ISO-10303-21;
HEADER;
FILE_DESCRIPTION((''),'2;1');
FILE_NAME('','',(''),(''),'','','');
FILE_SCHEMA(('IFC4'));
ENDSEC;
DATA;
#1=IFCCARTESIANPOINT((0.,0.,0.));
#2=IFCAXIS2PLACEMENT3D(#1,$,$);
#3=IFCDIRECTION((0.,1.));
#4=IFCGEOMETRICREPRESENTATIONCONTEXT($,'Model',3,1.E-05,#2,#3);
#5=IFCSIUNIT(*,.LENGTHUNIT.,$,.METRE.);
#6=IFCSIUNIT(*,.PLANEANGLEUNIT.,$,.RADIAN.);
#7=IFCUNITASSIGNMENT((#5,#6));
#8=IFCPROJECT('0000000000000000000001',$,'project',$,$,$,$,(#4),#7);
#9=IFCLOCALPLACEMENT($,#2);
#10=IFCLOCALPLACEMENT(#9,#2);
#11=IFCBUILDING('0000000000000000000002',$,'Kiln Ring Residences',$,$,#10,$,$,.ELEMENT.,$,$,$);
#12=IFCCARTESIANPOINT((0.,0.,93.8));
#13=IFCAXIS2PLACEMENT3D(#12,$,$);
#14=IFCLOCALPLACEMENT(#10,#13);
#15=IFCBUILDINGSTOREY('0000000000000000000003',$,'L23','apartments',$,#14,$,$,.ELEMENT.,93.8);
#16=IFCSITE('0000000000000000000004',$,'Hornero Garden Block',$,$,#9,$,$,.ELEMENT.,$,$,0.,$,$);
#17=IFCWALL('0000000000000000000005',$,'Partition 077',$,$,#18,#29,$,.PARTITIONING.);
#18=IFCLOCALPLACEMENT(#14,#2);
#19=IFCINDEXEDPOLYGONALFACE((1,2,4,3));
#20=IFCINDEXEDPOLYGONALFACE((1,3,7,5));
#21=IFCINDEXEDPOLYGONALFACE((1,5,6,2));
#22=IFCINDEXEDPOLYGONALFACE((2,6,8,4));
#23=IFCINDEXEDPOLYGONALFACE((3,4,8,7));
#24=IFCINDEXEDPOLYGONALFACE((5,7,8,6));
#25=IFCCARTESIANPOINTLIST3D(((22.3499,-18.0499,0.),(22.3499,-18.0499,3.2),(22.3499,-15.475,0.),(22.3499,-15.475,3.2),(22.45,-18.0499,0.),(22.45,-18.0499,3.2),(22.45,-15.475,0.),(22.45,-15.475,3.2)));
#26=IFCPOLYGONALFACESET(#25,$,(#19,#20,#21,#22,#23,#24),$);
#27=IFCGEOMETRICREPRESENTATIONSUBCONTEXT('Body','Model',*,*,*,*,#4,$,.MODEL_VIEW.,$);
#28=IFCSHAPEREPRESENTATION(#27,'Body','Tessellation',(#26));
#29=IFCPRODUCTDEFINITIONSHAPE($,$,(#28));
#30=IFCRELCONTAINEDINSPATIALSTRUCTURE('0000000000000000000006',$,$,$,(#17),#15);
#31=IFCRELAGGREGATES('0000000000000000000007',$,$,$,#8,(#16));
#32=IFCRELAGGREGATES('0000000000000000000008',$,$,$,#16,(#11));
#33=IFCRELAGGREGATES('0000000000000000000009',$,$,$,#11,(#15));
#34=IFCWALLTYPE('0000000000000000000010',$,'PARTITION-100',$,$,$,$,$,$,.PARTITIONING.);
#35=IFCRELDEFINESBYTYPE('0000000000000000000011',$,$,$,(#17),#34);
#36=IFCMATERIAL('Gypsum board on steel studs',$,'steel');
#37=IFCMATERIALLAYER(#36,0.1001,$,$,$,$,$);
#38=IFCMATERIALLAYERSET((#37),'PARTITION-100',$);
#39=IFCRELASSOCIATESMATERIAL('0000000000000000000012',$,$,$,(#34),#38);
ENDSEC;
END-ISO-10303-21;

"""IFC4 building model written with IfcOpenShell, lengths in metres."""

from ifc_helpers import new_model, si_unit, direction, frame, frame_2d, origin, place, context, subcontext, project, spatial, rectangle, extrude, material, layer, layer_set, type_object, element, save


model = new_model("IFC4")

# Units and contexts
model_context = context("Model", 3, precision=1e-05, world=origin(), true_north=direction((0.0, 1.0)))
body_context = subcontext(model_context, "Body", "Model", "MODEL_VIEW")
ifc_project = project(units=[si_unit("LENGTHUNIT", "METRE"), si_unit("PLANEANGLEUNIT", "RADIAN")], contexts=[model_context])

# Site, building, storey
site_placement = place(None, origin())
site = spatial("IfcSite", under=ifc_project, at=site_placement, Name="Hornero Garden Block", CompositionType="ELEMENT", RefElevation=0.0)
building_placement = place(site_placement, origin())
building = spatial("IfcBuilding", under=site, at=building_placement, Name="Kiln Ring Residences", CompositionType="ELEMENT")
storey_placement = place(building_placement, frame((0.0, 0.0, 93.8)))
storey = spatial("IfcBuildingStorey", under=building, at=storey_placement, Name="L23", Description="apartments", CompositionType="ELEMENT", Elevation=93.8)

# Shared definitions
ifc_material_1 = material(Name="Gypsum board on steel studs", Category="steel")
ifc_layer_1 = layer(ifc_material_1, 0.1001)
ifc_layer_set_1 = layer_set([ifc_layer_1], Name="PARTITION-100")
wall_type_1 = type_object("IfcWallType", Name="PARTITION-100", PredefinedType="PARTITIONING", material=ifc_layer_set_1)

# Wall
wall_1_placement = place(storey_placement, frame((22.3999, -18.05, 0.0), z_axis=(0.0, 0.0, 1.0), x_axis=(0.0, 1.0, 0.0)))
element("IfcWall", 1, at=wall_1_placement, inside=storey, type_object=wall_type_1, Name="Partition 077", PredefinedType="PARTITIONING", context=body_context, shape_type="SweptSolid", body=[
    extrude(rectangle(XDim=2.575, YDim=0.1001, at=frame_2d((1.2876, 0.0))), origin(), (0.0, 0.0, 1.0), 3.2),
])

save(model, "model.ifc")
